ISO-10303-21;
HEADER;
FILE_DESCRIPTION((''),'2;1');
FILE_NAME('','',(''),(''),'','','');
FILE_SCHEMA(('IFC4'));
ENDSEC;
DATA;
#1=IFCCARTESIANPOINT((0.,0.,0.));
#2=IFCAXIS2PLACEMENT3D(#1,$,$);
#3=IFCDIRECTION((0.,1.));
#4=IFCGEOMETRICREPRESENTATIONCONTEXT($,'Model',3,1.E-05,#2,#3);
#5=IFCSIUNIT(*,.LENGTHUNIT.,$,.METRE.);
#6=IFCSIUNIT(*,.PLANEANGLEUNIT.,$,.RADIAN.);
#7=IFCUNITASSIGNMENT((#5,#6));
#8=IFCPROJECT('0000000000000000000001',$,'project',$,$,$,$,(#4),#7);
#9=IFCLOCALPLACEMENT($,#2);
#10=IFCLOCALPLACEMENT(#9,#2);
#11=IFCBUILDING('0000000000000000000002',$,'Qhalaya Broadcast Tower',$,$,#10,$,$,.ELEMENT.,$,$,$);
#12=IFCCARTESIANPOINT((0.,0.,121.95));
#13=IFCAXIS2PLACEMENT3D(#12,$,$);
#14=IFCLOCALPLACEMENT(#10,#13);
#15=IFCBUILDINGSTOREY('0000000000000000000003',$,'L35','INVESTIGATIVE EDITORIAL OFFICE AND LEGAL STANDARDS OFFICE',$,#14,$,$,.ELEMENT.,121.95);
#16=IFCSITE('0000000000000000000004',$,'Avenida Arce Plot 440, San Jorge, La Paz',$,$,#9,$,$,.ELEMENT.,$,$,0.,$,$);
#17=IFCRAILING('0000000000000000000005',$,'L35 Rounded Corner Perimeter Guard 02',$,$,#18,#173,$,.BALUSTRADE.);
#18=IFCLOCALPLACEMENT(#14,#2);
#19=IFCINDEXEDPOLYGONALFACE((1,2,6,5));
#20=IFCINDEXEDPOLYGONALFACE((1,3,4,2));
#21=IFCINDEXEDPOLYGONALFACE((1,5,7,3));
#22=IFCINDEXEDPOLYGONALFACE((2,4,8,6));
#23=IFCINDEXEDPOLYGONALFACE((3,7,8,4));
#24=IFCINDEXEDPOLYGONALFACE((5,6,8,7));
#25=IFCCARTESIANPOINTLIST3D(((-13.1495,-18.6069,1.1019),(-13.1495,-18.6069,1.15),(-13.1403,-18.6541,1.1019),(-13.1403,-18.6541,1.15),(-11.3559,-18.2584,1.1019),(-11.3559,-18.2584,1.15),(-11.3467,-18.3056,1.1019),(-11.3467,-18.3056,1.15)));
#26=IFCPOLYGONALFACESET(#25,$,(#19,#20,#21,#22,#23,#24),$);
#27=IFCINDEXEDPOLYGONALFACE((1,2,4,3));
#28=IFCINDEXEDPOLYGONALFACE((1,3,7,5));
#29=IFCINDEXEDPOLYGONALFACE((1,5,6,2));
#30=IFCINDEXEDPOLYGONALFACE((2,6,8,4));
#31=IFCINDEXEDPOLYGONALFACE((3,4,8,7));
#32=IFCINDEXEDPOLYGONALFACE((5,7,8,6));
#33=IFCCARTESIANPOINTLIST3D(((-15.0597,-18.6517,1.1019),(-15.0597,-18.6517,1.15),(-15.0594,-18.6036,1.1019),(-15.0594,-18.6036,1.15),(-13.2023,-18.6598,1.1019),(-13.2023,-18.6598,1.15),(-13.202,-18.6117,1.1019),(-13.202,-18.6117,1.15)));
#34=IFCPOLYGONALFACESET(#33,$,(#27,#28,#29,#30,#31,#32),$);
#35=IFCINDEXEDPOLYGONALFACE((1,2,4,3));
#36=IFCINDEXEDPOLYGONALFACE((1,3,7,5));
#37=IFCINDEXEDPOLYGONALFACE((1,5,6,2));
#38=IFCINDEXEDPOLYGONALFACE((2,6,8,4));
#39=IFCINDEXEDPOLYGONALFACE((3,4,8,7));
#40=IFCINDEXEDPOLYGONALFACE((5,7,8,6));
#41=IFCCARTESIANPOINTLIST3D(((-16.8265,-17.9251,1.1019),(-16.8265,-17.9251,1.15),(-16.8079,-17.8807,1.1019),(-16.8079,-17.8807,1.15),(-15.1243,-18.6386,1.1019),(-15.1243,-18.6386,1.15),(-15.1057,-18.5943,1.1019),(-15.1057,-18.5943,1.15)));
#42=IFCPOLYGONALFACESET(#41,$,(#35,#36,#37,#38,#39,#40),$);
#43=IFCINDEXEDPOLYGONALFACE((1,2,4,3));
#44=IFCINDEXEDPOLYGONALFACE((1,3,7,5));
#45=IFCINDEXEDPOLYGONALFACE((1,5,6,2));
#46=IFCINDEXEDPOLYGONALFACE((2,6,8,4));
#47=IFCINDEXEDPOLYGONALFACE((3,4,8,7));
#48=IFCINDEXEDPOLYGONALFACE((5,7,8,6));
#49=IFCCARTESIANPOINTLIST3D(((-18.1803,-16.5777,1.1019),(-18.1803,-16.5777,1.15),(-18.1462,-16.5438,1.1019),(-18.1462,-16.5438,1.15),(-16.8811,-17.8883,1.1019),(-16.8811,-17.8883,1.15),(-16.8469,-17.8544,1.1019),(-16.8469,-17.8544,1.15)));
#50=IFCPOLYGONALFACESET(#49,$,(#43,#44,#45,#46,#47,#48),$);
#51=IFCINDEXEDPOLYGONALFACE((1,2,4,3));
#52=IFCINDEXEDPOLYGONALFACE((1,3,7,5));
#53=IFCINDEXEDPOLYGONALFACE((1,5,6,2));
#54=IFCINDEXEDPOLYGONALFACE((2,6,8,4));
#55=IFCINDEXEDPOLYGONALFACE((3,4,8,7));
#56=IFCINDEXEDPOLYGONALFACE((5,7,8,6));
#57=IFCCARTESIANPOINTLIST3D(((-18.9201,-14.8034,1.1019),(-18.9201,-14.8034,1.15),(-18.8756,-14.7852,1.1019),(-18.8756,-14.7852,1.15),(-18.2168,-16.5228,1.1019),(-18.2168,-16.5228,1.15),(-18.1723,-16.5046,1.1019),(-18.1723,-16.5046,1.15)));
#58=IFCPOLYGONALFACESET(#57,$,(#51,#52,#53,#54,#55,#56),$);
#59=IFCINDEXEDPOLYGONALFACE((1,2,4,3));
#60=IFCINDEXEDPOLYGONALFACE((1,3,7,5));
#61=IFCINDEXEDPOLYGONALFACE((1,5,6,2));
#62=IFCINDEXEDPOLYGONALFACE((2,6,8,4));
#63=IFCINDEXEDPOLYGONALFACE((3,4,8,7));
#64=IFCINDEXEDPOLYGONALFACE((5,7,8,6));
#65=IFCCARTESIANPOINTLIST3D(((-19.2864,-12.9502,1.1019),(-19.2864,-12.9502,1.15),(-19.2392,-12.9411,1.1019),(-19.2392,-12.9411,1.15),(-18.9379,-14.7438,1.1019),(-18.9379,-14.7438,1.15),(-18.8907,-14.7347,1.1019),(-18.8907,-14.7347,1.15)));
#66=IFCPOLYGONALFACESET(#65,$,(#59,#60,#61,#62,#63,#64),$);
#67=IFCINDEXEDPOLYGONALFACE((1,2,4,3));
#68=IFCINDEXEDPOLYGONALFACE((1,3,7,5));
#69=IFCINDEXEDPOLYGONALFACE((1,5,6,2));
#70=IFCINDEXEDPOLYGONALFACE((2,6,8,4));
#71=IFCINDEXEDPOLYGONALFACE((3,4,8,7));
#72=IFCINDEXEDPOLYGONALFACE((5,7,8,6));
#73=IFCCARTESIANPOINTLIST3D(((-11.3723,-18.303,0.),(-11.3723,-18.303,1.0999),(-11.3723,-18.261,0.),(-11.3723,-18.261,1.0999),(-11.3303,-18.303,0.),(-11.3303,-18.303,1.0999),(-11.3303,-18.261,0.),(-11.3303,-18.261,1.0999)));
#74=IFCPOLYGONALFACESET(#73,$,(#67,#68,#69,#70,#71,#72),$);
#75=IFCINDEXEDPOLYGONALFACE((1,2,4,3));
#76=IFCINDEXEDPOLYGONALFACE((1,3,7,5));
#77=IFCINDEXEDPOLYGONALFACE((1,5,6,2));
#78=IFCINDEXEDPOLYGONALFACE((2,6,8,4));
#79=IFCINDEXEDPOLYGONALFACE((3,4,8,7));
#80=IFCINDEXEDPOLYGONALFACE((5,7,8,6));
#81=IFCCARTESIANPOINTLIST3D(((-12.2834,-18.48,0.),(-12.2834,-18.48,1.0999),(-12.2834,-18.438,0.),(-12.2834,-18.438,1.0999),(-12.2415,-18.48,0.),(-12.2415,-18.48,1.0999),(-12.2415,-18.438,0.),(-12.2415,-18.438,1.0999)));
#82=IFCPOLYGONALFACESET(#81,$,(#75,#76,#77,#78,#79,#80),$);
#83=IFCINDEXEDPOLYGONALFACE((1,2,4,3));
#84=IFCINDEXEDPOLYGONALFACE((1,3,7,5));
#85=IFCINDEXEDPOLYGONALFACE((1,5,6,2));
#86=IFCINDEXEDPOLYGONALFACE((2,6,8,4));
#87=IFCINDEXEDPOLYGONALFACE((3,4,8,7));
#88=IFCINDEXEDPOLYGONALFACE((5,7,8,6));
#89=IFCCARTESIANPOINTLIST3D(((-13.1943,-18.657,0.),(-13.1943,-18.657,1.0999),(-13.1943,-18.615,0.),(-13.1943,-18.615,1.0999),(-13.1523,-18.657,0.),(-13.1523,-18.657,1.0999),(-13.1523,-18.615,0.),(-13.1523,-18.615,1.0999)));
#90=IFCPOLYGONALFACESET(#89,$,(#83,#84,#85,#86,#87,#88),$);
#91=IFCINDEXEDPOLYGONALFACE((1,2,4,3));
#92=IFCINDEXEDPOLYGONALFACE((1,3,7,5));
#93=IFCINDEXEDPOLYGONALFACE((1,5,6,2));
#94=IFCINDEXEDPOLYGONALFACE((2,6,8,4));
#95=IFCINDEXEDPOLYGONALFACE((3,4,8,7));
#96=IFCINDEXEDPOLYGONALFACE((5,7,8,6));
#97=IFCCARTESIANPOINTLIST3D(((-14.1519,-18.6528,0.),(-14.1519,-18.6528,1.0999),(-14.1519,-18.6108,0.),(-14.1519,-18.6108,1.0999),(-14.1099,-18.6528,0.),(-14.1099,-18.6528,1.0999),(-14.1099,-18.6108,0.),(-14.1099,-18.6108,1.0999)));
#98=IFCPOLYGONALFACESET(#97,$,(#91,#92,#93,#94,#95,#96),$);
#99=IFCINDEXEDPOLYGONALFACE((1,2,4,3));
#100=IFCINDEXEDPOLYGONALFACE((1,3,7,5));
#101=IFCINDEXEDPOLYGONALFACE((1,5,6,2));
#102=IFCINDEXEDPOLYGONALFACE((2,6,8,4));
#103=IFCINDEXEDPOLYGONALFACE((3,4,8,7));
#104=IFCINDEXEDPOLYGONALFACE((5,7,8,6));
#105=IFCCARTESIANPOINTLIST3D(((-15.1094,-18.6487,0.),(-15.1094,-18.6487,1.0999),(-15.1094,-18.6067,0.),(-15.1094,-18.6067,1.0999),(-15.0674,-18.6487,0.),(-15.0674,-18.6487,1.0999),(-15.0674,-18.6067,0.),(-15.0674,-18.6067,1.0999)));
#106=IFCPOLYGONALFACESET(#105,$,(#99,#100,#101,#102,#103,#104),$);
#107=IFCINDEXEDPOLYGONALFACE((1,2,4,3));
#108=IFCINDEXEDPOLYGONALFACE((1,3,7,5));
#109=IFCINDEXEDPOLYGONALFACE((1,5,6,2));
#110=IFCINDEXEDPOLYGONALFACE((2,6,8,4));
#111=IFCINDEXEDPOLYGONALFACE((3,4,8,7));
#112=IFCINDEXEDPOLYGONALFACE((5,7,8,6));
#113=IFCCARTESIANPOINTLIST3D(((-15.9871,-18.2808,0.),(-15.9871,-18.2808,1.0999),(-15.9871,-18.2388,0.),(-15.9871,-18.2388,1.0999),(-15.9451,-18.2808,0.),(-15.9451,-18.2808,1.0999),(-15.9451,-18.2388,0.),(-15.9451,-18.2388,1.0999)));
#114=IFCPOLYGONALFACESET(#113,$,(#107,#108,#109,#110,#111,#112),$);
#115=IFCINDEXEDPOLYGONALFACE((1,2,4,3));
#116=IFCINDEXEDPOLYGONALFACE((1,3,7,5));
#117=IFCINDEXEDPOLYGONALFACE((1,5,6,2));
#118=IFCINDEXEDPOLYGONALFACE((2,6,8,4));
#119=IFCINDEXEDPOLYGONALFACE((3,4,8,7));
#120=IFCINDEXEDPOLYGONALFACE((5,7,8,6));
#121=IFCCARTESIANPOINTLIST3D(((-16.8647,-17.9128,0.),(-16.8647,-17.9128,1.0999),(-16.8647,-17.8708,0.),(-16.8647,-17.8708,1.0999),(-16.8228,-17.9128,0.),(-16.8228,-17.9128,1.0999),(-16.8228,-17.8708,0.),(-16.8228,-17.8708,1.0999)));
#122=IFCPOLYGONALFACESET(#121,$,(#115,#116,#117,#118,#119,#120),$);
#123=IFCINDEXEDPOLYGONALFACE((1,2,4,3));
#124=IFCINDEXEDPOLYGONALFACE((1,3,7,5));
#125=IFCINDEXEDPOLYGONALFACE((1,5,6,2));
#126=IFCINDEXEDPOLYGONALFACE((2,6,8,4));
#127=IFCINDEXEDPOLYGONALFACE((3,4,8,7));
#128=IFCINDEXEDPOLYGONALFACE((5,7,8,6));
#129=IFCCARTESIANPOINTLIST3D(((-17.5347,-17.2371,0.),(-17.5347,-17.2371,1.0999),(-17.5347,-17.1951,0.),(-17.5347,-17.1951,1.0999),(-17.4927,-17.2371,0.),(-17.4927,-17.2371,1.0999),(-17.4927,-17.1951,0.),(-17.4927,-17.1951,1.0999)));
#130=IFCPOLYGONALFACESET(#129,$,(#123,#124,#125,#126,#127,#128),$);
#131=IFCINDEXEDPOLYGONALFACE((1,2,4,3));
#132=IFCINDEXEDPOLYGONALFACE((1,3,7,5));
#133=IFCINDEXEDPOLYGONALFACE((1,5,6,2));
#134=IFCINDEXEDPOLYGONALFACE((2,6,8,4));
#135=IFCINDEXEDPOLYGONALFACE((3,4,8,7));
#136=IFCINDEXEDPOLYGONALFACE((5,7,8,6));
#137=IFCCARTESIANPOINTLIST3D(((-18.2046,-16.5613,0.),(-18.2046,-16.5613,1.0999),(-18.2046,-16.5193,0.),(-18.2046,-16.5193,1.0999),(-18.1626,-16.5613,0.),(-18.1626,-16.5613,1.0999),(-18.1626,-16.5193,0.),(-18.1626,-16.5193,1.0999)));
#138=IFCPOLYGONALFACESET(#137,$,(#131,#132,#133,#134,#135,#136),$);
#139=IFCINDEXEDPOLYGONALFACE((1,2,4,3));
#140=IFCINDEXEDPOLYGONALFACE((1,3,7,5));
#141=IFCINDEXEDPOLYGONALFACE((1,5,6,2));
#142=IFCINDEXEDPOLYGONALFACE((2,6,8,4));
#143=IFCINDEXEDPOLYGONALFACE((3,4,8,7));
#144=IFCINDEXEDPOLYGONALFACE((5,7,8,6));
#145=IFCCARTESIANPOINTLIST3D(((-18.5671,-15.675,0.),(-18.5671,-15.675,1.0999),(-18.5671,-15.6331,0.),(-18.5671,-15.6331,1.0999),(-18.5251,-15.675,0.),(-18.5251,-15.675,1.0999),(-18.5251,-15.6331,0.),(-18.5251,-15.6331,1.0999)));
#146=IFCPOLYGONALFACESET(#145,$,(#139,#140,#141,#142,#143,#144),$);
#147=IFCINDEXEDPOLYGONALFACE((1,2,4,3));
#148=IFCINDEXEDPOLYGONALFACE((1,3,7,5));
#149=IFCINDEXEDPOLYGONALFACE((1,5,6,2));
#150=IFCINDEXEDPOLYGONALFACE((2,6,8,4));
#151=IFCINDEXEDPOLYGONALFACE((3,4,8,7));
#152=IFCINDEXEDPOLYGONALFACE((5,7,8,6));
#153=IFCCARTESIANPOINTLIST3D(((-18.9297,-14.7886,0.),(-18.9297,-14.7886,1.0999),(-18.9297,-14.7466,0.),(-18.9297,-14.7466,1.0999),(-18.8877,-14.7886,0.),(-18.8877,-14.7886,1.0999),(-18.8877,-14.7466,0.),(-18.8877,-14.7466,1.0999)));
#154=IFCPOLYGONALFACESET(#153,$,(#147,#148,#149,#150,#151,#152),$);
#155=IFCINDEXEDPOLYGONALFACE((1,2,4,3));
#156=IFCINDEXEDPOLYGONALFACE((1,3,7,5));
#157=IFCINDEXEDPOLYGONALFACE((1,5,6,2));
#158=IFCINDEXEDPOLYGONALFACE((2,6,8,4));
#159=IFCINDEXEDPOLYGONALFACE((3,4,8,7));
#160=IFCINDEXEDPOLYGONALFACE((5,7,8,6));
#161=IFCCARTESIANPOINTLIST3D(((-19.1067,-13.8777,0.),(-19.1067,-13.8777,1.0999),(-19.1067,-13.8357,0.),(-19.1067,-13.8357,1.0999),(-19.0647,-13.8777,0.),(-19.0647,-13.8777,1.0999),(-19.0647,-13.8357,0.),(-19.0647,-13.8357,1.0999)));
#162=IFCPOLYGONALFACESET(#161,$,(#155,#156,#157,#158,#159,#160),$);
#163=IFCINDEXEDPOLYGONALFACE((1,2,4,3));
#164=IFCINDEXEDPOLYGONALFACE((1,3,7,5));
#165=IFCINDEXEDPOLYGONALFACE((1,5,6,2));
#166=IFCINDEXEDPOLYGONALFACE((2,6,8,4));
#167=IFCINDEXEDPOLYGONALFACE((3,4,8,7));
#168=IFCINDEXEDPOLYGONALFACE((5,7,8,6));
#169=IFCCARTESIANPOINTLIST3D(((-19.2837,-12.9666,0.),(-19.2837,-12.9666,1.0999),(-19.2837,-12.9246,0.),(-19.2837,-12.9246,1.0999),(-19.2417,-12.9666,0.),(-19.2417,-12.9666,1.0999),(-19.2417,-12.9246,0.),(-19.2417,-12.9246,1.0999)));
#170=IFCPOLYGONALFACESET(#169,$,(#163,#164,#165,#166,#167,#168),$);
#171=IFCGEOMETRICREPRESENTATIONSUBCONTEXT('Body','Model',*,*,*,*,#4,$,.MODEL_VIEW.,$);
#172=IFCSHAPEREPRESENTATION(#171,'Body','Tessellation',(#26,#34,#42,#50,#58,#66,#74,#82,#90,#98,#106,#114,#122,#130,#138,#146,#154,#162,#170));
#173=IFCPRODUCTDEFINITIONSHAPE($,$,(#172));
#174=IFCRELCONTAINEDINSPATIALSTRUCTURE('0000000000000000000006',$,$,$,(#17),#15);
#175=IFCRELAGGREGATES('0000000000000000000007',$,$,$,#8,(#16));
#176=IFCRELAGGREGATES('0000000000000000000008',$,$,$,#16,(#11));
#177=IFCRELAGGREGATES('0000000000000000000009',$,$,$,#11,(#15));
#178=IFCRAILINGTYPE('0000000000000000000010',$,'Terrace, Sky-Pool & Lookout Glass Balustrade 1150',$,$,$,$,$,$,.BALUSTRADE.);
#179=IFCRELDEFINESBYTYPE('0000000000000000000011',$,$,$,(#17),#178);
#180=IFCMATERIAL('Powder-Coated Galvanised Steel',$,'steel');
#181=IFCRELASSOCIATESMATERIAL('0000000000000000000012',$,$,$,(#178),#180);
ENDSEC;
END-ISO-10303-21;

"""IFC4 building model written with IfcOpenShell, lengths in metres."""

from ifc_helpers import new_model, si_unit, direction, frame, origin, origin_2d, place, context, subcontext, project, spatial, rectangle, extrude, material, type_object, element, save


model = new_model("IFC4")

# Units and contexts
model_context = context("Model", 3, precision=1e-05, world=origin(), true_north=direction((0.0, 1.0)))
body_context = subcontext(model_context, "Body", "Model", "MODEL_VIEW")
ifc_project = project(units=[si_unit("LENGTHUNIT", "METRE"), si_unit("PLANEANGLEUNIT", "RADIAN")], contexts=[model_context])

# Site, building, storey
site_placement = place(None, origin())
site = spatial("IfcSite", under=ifc_project, at=site_placement, Name="Avenida Arce Plot 440, San Jorge, La Paz", CompositionType="ELEMENT", RefElevation=0.0)
building_placement = place(site_placement, origin())
building = spatial("IfcBuilding", under=site, at=building_placement, Name="Qhalaya Broadcast Tower", CompositionType="ELEMENT")
storey_placement = place(building_placement, frame((0.0, 0.0, 121.95)))
storey = spatial("IfcBuildingStorey", under=building, at=storey_placement, Name="L35", Description="INVESTIGATIVE EDITORIAL OFFICE AND LEGAL STANDARDS OFFICE", CompositionType="ELEMENT", Elevation=121.95)

# Railing
ifc_material_1 = material(Name="Powder-Coated Galvanised Steel", Category="steel")
railing_type = type_object("IfcRailingType", Name="Terrace, Sky-Pool & Lookout Glass Balustrade 1150", PredefinedType="BALUSTRADE", material=ifc_material_1)
railing_placement = place(storey_placement, frame((-11.3513, -18.282, 0.0)))
element("IfcRailing", 1, at=railing_placement, inside=storey, type_object=railing_type, Name="L35 Rounded Corner Perimeter Guard 02", PredefinedType="BALUSTRADE", context=body_context, shape_type="SweptSolid", body=[
    extrude(rectangle(XDim=0.0481, YDim=0.0481, at=origin_2d()), frame((0.0, 0.0, 1.126), z_axis=(-0.981643, -0.190725, 0.0), x_axis=(0.190725, -0.981643, 0.0)), (0.0, 0.0, 1.0), 1.8271),
    extrude(rectangle(XDim=0.0481, YDim=0.0481, at=origin_2d()), frame((-1.8508, -0.3538, 1.126), z_axis=(-0.999991, 0.004334, 0.0), x_axis=(-0.004334, -0.999991, 0.0)), (0.0, 0.0, 1.0), 1.8574),
    extrude(rectangle(XDim=0.0481, YDim=0.0481, at=origin_2d()), frame((-3.7637, -0.3345, 1.126), z_axis=(-0.922247, 0.3866, 0.0), x_axis=(-0.3866, -0.922247, 0.0)), (0.0, 0.0, 1.0), 1.8457),
    extrude(rectangle(XDim=0.0481, YDim=0.0481, at=origin_2d()), frame((-5.5127, 0.4106, 1.126), z_axis=(-0.704021, 0.710179, 0.0), x_axis=(-0.710179, -0.704021, 0.0)), (0.0, 0.0, 1.0), 1.8455),
    extrude(rectangle(XDim=0.0481, YDim=0.0481, at=origin_2d()), frame((-6.8433, 1.7683, 1.126), z_axis=(-0.378588, 0.925565, 0.0), x_axis=(-0.925565, -0.378588, 0.0)), (0.0, 0.0, 1.0), 1.8577),
    extrude(rectangle(XDim=0.0481, YDim=0.0481, at=origin_2d()), frame((-7.563, 3.5427, 1.126), z_axis=(-0.190725, 0.981643, 0.0), x_axis=(-0.981643, -0.190725, 0.0)), (0.0, 0.0, 1.0), 1.8271),
    extrude(rectangle(XDim=0.042, YDim=0.042, at=origin_2d()), origin(), (0.0, 0.0, 1.0), 1.0999),
    extrude(rectangle(XDim=0.042, YDim=0.042, at=origin_2d()), frame((-0.9111, -0.177, 0.0)), (0.0, 0.0, 1.0), 1.0999),
    extrude(rectangle(XDim=0.042, YDim=0.042, at=origin_2d()), frame((-1.822, -0.354, 0.0)), (0.0, 0.0, 1.0), 1.0999),
    extrude(rectangle(XDim=0.042, YDim=0.042, at=origin_2d()), frame((-2.7795, -0.3499, 0.0)), (0.0, 0.0, 1.0), 1.0999),
    extrude(rectangle(XDim=0.042, YDim=0.042, at=origin_2d()), frame((-3.7371, -0.3457, 0.0)), (0.0, 0.0, 1.0), 1.0999),
    extrude(rectangle(XDim=0.042, YDim=0.042, at=origin_2d()), frame((-4.6147, 0.0222, 0.0)), (0.0, 0.0, 1.0), 1.0999),
    extrude(rectangle(XDim=0.042, YDim=0.042, at=origin_2d()), frame((-5.4924, 0.3901, 0.0)), (0.0, 0.0, 1.0), 1.0999),
    extrude(rectangle(XDim=0.042, YDim=0.042, at=origin_2d()), frame((-6.1624, 1.0659, 0.0)), (0.0, 0.0, 1.0), 1.0999),
    extrude(rectangle(XDim=0.042, YDim=0.042, at=origin_2d()), frame((-6.8323, 1.7417, 0.0)), (0.0, 0.0, 1.0), 1.0999),
    extrude(rectangle(XDim=0.042, YDim=0.042, at=origin_2d()), frame((-7.1948, 2.6279, 0.0)), (0.0, 0.0, 1.0), 1.0999),
    extrude(rectangle(XDim=0.042, YDim=0.042, at=origin_2d()), frame((-7.5574, 3.5144, 0.0)), (0.0, 0.0, 1.0), 1.0999),
    extrude(rectangle(XDim=0.042, YDim=0.042, at=origin_2d()), frame((-7.7344, 4.4253, 0.0)), (0.0, 0.0, 1.0), 1.0999),
    extrude(rectangle(XDim=0.042, YDim=0.042, at=origin_2d()), frame((-7.9114, 5.3364, 0.0)), (0.0, 0.0, 1.0), 1.0999),
])

save(model, "model.ifc")
